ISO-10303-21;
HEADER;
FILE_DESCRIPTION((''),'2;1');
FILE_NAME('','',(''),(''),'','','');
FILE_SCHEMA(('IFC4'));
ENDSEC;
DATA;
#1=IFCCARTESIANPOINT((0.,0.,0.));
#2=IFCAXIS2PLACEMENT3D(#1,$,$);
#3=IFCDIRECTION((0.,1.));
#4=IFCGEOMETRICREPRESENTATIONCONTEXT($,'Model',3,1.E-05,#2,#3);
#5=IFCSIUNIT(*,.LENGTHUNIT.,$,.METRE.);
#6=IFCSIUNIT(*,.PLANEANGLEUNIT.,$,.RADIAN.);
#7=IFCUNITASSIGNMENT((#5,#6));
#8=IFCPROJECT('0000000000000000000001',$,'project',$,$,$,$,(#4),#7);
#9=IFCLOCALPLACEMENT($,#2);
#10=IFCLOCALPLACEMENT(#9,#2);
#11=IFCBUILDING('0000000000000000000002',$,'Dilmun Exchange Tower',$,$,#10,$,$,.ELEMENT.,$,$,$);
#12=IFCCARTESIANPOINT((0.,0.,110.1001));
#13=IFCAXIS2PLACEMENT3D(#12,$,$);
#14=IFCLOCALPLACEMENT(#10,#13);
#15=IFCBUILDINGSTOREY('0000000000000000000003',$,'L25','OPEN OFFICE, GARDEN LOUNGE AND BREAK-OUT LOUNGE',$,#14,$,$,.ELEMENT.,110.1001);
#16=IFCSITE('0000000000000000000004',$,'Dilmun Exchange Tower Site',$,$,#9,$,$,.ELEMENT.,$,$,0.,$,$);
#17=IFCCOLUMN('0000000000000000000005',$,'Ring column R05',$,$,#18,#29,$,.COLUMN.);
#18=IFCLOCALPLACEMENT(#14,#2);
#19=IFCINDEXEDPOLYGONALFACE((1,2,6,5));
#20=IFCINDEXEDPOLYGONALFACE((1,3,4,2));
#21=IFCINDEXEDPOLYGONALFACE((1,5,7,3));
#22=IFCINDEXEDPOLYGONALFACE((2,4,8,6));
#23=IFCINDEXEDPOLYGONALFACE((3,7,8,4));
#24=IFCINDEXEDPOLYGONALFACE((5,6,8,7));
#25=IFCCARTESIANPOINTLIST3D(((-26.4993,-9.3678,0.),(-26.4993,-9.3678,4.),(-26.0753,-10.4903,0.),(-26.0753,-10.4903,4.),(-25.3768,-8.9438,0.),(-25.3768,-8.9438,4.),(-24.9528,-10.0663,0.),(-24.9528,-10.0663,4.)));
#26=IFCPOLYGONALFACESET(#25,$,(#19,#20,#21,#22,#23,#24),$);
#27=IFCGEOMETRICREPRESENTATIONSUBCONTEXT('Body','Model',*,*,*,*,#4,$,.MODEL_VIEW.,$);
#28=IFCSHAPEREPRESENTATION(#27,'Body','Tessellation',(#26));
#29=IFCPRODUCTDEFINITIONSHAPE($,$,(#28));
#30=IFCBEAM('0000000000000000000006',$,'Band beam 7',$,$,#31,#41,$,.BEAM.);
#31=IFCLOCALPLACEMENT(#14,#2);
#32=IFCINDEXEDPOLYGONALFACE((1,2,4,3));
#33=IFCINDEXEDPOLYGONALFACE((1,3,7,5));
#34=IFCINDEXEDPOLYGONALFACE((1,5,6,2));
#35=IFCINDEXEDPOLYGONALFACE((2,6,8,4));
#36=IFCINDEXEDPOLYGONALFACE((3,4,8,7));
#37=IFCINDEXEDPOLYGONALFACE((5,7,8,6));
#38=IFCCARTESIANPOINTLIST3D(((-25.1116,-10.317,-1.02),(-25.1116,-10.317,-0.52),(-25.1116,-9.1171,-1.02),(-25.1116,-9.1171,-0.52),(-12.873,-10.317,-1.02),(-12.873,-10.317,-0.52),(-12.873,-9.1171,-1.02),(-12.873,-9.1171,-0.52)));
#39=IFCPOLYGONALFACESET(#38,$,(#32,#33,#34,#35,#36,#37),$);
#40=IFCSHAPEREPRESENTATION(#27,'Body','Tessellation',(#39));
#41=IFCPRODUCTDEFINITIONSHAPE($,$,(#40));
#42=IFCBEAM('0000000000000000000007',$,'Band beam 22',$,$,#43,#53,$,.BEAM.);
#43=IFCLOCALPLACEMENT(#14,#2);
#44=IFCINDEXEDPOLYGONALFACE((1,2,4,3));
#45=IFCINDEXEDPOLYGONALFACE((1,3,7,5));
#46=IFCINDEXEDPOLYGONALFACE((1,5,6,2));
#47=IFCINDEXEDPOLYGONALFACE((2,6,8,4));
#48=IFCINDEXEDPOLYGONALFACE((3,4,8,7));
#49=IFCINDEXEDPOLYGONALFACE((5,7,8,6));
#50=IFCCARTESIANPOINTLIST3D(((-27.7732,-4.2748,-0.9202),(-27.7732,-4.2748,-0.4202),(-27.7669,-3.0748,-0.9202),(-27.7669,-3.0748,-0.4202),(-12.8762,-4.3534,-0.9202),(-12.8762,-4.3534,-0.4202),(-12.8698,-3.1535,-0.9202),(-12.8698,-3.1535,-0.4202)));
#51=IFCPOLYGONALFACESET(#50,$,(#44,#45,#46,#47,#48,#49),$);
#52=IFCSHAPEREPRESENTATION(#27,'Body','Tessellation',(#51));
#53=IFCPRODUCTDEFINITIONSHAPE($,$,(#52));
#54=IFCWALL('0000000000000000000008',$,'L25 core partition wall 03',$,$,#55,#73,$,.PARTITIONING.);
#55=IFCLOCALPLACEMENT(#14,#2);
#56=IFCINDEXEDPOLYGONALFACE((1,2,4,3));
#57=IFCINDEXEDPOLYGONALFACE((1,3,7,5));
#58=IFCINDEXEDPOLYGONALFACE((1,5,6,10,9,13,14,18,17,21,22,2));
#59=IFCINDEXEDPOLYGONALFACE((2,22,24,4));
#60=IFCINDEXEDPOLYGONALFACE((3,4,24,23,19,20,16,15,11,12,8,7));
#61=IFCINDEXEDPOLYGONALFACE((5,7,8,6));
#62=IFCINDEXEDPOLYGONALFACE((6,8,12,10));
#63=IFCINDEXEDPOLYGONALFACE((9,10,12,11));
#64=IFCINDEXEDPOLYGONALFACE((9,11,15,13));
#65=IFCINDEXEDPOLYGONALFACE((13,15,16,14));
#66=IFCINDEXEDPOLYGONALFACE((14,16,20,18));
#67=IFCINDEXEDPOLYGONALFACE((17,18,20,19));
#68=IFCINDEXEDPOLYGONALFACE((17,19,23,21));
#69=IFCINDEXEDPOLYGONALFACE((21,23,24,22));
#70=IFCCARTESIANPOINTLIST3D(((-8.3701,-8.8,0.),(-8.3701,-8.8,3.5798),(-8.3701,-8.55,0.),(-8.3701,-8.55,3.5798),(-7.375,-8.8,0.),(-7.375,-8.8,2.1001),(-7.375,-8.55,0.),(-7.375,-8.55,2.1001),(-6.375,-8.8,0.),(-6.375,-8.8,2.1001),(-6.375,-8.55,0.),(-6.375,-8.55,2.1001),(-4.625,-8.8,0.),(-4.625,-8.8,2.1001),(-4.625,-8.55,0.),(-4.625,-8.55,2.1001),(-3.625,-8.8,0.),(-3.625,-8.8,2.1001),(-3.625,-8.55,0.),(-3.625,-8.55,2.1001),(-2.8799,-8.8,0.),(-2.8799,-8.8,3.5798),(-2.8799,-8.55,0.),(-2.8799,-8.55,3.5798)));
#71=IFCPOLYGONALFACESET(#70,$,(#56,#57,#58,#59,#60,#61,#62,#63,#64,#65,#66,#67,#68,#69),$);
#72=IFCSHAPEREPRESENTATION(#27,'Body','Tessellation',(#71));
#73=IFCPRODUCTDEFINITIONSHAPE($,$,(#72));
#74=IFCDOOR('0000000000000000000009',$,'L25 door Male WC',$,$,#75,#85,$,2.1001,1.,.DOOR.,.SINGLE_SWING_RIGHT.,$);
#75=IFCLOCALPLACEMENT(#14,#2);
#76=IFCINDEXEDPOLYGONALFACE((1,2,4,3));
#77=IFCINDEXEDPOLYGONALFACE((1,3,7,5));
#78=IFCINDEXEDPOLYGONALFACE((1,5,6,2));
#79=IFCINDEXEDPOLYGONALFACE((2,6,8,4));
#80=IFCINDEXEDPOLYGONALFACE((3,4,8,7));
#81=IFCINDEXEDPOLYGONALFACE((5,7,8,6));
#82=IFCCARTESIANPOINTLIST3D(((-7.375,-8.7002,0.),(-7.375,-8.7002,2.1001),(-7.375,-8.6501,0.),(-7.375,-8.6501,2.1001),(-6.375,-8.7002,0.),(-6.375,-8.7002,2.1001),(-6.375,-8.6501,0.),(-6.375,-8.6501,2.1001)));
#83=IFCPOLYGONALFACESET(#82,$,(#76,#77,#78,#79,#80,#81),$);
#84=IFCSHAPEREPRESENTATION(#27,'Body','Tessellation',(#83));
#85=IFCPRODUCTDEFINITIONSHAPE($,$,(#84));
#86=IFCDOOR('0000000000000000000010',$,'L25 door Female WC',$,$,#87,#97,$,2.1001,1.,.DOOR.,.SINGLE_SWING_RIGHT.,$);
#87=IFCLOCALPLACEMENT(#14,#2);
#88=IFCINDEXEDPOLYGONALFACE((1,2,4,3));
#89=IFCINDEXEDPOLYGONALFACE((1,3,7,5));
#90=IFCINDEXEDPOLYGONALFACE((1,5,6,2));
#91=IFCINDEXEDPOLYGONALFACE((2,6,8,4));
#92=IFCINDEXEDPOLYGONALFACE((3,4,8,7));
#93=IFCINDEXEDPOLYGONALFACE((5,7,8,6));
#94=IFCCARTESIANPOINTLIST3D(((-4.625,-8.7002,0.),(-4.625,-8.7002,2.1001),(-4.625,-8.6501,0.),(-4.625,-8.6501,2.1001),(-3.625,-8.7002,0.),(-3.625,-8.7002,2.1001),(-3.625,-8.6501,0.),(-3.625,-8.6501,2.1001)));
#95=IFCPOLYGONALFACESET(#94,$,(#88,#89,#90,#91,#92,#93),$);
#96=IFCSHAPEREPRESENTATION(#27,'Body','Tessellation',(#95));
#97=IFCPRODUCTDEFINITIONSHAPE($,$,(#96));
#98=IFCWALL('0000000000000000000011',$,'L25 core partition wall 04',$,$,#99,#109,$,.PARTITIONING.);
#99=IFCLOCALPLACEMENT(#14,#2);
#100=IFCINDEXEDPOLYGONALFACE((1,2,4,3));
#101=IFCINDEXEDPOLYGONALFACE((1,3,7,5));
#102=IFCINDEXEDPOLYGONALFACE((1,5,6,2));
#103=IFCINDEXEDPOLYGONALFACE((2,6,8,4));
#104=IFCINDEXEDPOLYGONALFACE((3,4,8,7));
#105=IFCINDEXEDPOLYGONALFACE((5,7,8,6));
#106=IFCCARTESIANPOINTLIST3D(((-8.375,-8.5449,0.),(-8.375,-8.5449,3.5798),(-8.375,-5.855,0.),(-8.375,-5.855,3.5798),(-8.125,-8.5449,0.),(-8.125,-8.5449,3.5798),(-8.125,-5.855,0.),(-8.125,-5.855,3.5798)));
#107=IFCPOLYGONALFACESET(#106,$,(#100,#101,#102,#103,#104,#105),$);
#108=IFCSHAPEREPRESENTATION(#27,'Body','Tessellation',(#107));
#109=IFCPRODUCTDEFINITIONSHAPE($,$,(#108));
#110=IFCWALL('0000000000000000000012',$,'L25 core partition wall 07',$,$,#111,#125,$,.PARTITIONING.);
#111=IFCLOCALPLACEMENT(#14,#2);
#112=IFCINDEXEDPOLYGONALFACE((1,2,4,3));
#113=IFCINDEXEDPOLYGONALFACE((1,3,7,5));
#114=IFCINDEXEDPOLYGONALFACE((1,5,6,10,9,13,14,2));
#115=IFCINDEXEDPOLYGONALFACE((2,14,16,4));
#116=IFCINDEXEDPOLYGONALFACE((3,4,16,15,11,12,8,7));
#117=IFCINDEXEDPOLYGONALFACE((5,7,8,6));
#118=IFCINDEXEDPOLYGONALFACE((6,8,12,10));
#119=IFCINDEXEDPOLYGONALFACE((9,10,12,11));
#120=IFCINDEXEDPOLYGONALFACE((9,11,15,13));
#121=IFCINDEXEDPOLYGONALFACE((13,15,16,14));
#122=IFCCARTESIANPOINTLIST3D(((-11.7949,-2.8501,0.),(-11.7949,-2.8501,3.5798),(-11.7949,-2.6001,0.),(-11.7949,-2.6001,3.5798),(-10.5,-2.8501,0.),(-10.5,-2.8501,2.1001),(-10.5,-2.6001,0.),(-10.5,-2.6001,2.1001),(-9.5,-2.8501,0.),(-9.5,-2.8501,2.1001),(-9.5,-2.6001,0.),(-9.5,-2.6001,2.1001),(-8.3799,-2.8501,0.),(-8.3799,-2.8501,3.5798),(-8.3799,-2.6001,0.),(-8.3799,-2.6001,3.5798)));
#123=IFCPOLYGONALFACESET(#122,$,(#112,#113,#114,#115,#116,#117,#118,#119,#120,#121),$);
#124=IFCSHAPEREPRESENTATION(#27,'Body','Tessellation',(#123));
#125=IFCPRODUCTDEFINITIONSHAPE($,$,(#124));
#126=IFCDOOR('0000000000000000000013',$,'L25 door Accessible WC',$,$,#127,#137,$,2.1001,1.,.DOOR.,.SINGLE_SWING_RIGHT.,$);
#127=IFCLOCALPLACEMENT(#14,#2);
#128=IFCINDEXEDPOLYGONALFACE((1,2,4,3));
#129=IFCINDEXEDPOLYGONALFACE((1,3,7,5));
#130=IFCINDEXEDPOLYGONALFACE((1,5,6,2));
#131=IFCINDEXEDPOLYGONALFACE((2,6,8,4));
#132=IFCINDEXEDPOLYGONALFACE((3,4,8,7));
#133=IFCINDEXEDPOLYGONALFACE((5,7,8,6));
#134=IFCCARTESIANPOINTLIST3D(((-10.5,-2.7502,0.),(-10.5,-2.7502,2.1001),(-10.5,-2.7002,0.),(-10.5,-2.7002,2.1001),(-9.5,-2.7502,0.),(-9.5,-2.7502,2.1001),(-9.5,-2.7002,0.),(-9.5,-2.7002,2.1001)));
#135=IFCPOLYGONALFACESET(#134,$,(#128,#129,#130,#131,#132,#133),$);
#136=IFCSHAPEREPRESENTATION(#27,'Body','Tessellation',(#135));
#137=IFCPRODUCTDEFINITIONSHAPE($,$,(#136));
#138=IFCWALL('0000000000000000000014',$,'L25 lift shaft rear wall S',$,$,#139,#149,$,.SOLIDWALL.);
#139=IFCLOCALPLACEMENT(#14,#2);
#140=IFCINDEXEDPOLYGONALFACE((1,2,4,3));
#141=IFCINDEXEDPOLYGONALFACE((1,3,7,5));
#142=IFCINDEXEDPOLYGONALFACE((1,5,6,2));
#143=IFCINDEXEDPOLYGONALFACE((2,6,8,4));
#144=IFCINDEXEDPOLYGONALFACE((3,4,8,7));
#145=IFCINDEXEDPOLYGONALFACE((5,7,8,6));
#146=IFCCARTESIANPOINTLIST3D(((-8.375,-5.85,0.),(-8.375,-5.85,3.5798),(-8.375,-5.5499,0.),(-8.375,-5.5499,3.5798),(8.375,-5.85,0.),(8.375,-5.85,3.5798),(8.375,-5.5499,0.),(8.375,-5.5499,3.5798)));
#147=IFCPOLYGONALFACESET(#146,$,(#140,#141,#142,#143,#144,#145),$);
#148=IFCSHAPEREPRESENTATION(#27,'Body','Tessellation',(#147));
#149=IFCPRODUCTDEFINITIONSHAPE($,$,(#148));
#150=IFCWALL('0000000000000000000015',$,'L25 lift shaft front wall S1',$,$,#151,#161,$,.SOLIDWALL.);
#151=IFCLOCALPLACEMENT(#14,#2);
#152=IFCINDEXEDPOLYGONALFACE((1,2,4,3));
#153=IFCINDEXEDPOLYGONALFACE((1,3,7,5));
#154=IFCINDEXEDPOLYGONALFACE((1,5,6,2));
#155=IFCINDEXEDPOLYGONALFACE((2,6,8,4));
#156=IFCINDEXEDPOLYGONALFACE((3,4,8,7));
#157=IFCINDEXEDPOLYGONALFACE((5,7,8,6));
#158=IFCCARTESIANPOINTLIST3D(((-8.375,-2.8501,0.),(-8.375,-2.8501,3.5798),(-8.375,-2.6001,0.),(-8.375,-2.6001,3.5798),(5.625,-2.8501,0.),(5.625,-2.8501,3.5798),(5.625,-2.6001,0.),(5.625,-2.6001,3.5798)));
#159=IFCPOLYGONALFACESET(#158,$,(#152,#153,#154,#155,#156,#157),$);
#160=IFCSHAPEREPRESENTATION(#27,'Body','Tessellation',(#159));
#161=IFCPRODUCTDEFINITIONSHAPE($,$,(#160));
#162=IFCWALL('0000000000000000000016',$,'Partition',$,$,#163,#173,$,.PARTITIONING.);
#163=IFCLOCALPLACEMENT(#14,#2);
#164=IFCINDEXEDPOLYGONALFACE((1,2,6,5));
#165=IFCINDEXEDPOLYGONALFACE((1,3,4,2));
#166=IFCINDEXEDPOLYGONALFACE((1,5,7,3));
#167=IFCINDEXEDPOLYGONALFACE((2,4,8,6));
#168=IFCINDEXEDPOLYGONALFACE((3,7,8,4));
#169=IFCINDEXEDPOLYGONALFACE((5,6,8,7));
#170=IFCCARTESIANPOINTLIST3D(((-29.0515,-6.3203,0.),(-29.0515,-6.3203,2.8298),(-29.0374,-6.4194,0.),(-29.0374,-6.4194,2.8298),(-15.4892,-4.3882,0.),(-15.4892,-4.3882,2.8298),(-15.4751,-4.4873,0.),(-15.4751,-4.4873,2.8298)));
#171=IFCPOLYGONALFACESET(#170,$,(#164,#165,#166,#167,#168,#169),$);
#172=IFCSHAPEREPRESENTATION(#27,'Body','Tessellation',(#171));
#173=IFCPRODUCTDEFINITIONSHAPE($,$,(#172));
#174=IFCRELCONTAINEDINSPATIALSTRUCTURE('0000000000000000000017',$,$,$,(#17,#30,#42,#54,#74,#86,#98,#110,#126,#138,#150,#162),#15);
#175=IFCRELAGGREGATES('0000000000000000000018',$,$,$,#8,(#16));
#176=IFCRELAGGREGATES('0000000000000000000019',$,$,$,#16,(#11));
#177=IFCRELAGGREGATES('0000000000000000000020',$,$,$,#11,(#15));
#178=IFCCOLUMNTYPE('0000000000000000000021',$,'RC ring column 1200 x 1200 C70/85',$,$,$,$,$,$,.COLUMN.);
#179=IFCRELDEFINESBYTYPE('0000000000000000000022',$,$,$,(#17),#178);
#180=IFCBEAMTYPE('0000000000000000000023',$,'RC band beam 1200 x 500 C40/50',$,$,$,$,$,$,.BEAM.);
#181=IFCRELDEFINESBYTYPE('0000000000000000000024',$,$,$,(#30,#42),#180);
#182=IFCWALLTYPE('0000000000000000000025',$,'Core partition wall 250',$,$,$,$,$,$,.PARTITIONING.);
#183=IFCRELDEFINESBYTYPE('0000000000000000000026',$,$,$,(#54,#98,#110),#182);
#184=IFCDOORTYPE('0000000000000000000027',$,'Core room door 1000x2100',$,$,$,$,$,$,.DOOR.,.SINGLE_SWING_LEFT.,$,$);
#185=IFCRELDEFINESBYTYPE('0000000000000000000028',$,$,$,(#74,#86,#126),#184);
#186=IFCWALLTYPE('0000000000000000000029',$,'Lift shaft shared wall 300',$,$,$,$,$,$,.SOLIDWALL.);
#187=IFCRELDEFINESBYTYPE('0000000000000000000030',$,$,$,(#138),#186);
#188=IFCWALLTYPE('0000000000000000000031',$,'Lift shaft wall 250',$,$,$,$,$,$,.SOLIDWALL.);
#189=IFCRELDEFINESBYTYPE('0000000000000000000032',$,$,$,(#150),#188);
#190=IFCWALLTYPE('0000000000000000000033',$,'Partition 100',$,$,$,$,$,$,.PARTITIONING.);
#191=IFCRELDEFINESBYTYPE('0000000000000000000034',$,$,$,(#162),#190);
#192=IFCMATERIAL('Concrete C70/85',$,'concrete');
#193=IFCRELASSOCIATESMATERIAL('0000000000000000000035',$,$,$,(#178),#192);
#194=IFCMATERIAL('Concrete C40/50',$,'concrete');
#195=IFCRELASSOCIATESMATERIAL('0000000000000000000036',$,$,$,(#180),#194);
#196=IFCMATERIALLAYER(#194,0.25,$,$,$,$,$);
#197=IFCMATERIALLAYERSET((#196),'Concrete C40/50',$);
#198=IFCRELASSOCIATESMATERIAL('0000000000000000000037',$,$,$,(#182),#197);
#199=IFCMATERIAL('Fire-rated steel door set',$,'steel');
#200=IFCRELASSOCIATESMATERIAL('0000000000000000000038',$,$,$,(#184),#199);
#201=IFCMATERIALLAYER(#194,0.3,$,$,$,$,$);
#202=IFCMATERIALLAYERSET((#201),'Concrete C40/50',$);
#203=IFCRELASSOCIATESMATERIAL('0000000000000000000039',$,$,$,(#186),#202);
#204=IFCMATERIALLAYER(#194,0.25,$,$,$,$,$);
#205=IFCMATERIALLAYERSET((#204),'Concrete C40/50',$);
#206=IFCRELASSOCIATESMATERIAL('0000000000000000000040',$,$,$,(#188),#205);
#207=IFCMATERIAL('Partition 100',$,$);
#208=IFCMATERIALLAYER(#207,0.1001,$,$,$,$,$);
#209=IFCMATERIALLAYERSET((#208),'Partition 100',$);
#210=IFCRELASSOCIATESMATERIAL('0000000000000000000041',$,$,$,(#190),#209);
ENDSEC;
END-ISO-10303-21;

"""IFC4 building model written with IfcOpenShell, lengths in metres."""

from ifc_helpers import new_model, si_unit, direction, frame, frame_2d, origin, origin_2d, place, context, subcontext, project, spatial, rectangle, extrude, material, layer, layer_set, material_profile, profile_set, type_object, element, fill, save


model = new_model("IFC4")

# Units and contexts
model_context = context("Model", 3, precision=1e-05, world=origin(), true_north=direction((0.0, 1.0)))
body_context = subcontext(model_context, "Body", "Model", "MODEL_VIEW")
ifc_project = project(units=[si_unit("LENGTHUNIT", "METRE"), si_unit("PLANEANGLEUNIT", "RADIAN")], contexts=[model_context])

# Site, building, storey
site_placement = place(None, origin())
site = spatial("IfcSite", under=ifc_project, at=site_placement, Name="Dilmun Exchange Tower Site", CompositionType="ELEMENT", RefElevation=0.0)
building_placement = place(site_placement, origin())
building = spatial("IfcBuilding", under=site, at=building_placement, Name="Dilmun Exchange Tower", CompositionType="ELEMENT")
storey_placement = place(building_placement, frame((0.0, 0.0, 110.1001)))
storey = spatial("IfcBuildingStorey", under=building, at=storey_placement, Name="L25", Description="OPEN OFFICE, GARDEN LOUNGE AND BREAK-OUT LOUNGE", CompositionType="ELEMENT", Elevation=110.1001)

# Column
ifc_material_1 = material(Name="Concrete C70/85", Category="concrete")
ifc_material_profile_1 = material_profile(ifc_material_1, rectangle(XDim=1.2, YDim=1.2, at=origin_2d()), Name="1200 x 1200")
ifc_profile_set_1 = profile_set([ifc_material_profile_1], Name="Concrete C70/85")
column_type = type_object("IfcColumnType", Name="RC ring column 1200 x 1200 C70/85", PredefinedType="COLUMN", material=ifc_profile_set_1)
column_placement = place(storey_placement, frame((-25.7261, -9.717, 0.0), z_axis=(0.0, 0.0, 1.0), x_axis=(0.935492, 0.353349, 0.0)))
element("IfcColumn", 1, at=column_placement, inside=storey, type_object=column_type, Name="Ring column R05", PredefinedType="COLUMN", context=body_context, shape_type="SweptSolid", body=[
    extrude(rectangle(XDim=1.2, YDim=1.2, at=origin_2d()), origin(), (0.0, 0.0, 1.0), 4.0),
])

# Beams
ifc_material_2 = material(Name="Concrete C40/50", Category="concrete")
ifc_material_profile_2 = material_profile(ifc_material_2, rectangle(XDim=1.2, YDim=0.5, at=origin_2d()), Name="1200 x 500")
ifc_profile_set_2 = profile_set([ifc_material_profile_2], Name="Concrete C40/50")
beam_type = type_object("IfcBeamType", Name="RC band beam 1200 x 500 C40/50", PredefinedType="BEAM", material=ifc_profile_set_2)
beam_1_placement = place(storey_placement, frame((-25.1116, -9.717, -0.77), z_axis=(1.0, 0.0, 0.0), x_axis=(0.0, 1.0, 0.0)))
element("IfcBeam", 2, at=beam_1_placement, inside=storey, type_object=beam_type, Name="Band beam 7", PredefinedType="BEAM", context=body_context, shape_type="SweptSolid", body=[
    extrude(rectangle(XDim=1.2, YDim=0.5, at=origin_2d()), origin(), (0.0, 0.0, 1.0), 12.2385),
])
beam_2_placement = place(storey_placement, frame((-27.77, -3.6748, -0.6702), z_axis=(0.999986, -0.005277, 0.0), x_axis=(0.005277, 0.999986, 0.0)))
element("IfcBeam", 3, at=beam_2_placement, inside=storey, type_object=beam_type, Name="Band beam 22", PredefinedType="BEAM", context=body_context, shape_type="SweptSolid", body=[
    extrude(rectangle(XDim=1.2, YDim=0.5, at=origin_2d()), origin(), (0.0, 0.0, 1.0), 14.8972),
])

# Wall, openings, doors
ifc_layer_1 = layer(ifc_material_2, 0.25)
ifc_layer_set_1 = layer_set([ifc_layer_1], Name="Concrete C40/50")
wall_type_1 = type_object("IfcWallType", Name="Core partition wall 250", PredefinedType="PARTITIONING", material=ifc_layer_set_1)
wall_1_placement = place(storey_placement, frame((-8.3701, -8.675, 0.0), z_axis=(0.0, 0.0, 1.0), x_axis=(1.0, 0.0, 0.0)))
wall_1 = element("IfcWall", 4, at=wall_1_placement, inside=storey, type_object=wall_type_1, Name="L25 core partition wall 03", PredefinedType="PARTITIONING", context=body_context, shape_type="SweptSolid", body=[
    extrude(rectangle(XDim=5.4902, YDim=0.25, at=frame_2d((2.7451, 0.0))), origin(), (0.0, 0.0, 1.0), 3.5798),
])
opening_1_placement = place(wall_1_placement, frame((0.9951, 0.0, 0.0)))
opening_1 = element("IfcOpeningElement", 5, at=opening_1_placement, cuts=wall_1, PredefinedType="OPENING", context=body_context, shape_type="SweptSolid", body=[
    extrude(rectangle(XDim=1.0, YDim=2.1001, at=frame_2d((0.5, 1.05))), frame((0.0, 0.135, 0.0), z_axis=(0.0, -1.0, 0.0), x_axis=(1.0, 0.0, 0.0)), (0.0, 0.0, 1.0), 0.27),
])
opening_2_placement = place(wall_1_placement, frame((3.7451, 0.0, 0.0)))
opening_2 = element("IfcOpeningElement", 6, at=opening_2_placement, cuts=wall_1, PredefinedType="OPENING", context=body_context, shape_type="SweptSolid", body=[
    extrude(rectangle(XDim=1.0, YDim=2.1001, at=frame_2d((0.5, 1.05))), frame((0.0, 0.135, 0.0), z_axis=(0.0, -1.0, 0.0), x_axis=(1.0, 0.0, 0.0)), (0.0, 0.0, 1.0), 0.27),
])
ifc_material_3 = material(Name="Fire-rated steel door set", Category="steel")
door_type = type_object("IfcDoorType", Name="Core room door 1000x2100", OperationType="SINGLE_SWING_LEFT", PredefinedType="DOOR", material=ifc_material_3)
door_1_placement = place(opening_1_placement, origin())
door_1 = element("IfcDoor", 7, at=door_1_placement, inside=storey, type_object=door_type, Name="L25 door Male WC", OperationType="SINGLE_SWING_RIGHT", OverallHeight=2.1001, OverallWidth=1.0, PredefinedType="DOOR", context=body_context, shape_type="SweptSolid", body=[
    extrude(rectangle(XDim=1.0, YDim=2.1001, at=frame_2d((0.5, 1.05))), frame((0.0, 0.0249, 0.0), z_axis=(0.0, -1.0, 0.0), x_axis=(1.0, 0.0, 0.0)), (0.0, 0.0, 1.0), 0.05),
])
fill(opening_1, door_1)
door_2_placement = place(opening_2_placement, origin())
door_2 = element("IfcDoor", 8, at=door_2_placement, inside=storey, type_object=door_type, Name="L25 door Female WC", OperationType="SINGLE_SWING_RIGHT", OverallHeight=2.1001, OverallWidth=1.0, PredefinedType="DOOR", context=body_context, shape_type="SweptSolid", body=[
    extrude(rectangle(XDim=1.0, YDim=2.1001, at=frame_2d((0.5, 1.05))), frame((0.0, 0.0249, 0.0), z_axis=(0.0, -1.0, 0.0), x_axis=(1.0, 0.0, 0.0)), (0.0, 0.0, 1.0), 0.05),
])
fill(opening_2, door_2)

# Wall
wall_2_placement = place(storey_placement, frame((-8.25, -8.5449, 0.0), z_axis=(0.0, 0.0, 1.0), x_axis=(0.0, 1.0, 0.0)))
element("IfcWall", 9, at=wall_2_placement, inside=storey, type_object=wall_type_1, Name="L25 core partition wall 04", PredefinedType="PARTITIONING", context=body_context, shape_type="SweptSolid", body=[
    extrude(rectangle(XDim=2.6899, YDim=0.25, at=frame_2d((1.345, 0.0))), origin(), (0.0, 0.0, 1.0), 3.5798),
])

# Wall, opening, door
wall_3_placement = place(storey_placement, frame((-11.7949, -2.7251, 0.0), z_axis=(0.0, 0.0, 1.0), x_axis=(1.0, 0.0, 0.0)))
wall_3 = element("IfcWall", 10, at=wall_3_placement, inside=storey, type_object=wall_type_1, Name="L25 core partition wall 07", PredefinedType="PARTITIONING", context=body_context, shape_type="SweptSolid", body=[
    extrude(rectangle(XDim=3.415, YDim=0.25, at=frame_2d((1.7075, 0.0))), origin(), (0.0, 0.0, 1.0), 3.5798),
])
opening_3_placement = place(wall_3_placement, frame((1.2949, 0.0, 0.0)))
opening_3 = element("IfcOpeningElement", 11, at=opening_3_placement, cuts=wall_3, PredefinedType="OPENING", context=body_context, shape_type="SweptSolid", body=[
    extrude(rectangle(XDim=1.0, YDim=2.1001, at=frame_2d((0.5, 1.05))), frame((0.0, 0.135, 0.0), z_axis=(0.0, -1.0, 0.0), x_axis=(1.0, 0.0, 0.0)), (0.0, 0.0, 1.0), 0.27),
])
door_3_placement = place(opening_3_placement, origin())
door_3 = element("IfcDoor", 12, at=door_3_placement, inside=storey, type_object=door_type, Name="L25 door Accessible WC", OperationType="SINGLE_SWING_RIGHT", OverallHeight=2.1001, OverallWidth=1.0, PredefinedType="DOOR", context=body_context, shape_type="SweptSolid", body=[
    extrude(rectangle(XDim=1.0, YDim=2.1001, at=frame_2d((0.5, 1.05))), frame((0.0, 0.0249, 0.0), z_axis=(0.0, -1.0, 0.0), x_axis=(1.0, 0.0, 0.0)), (0.0, 0.0, 1.0), 0.05),
])
fill(opening_3, door_3)

# Walls
ifc_layer_2 = layer(ifc_material_2, 0.3)
ifc_layer_set_2 = layer_set([ifc_layer_2], Name="Concrete C40/50")
wall_type_2 = type_object("IfcWallType", Name="Lift shaft shared wall 300", PredefinedType="SOLIDWALL", material=ifc_layer_set_2)
wall_4_placement = place(storey_placement, frame((-8.375, -5.7, 0.0), z_axis=(0.0, 0.0, 1.0), x_axis=(1.0, 0.0, 0.0)))
element("IfcWall", 13, at=wall_4_placement, inside=storey, type_object=wall_type_2, Name="L25 lift shaft rear wall S", PredefinedType="SOLIDWALL", context=body_context, shape_type="SweptSolid", body=[
    extrude(rectangle(XDim=16.75, YDim=0.3, at=frame_2d((8.375, 0.0))), origin(), (0.0, 0.0, 1.0), 3.5798),
])
ifc_layer_3 = layer(ifc_material_2, 0.25)
ifc_layer_set_3 = layer_set([ifc_layer_3], Name="Concrete C40/50")
wall_type_3 = type_object("IfcWallType", Name="Lift shaft wall 250", PredefinedType="SOLIDWALL", material=ifc_layer_set_3)
wall_5_placement = place(storey_placement, frame((-8.375, -2.7251, 0.0), z_axis=(0.0, 0.0, 1.0), x_axis=(1.0, 0.0, 0.0)))
element("IfcWall", 14, at=wall_5_placement, inside=storey, type_object=wall_type_3, Name="L25 lift shaft front wall S1", PredefinedType="SOLIDWALL", context=body_context, shape_type="SweptSolid", body=[
    extrude(rectangle(XDim=14.0, YDim=0.25, at=frame_2d((7.0, 0.0))), origin(), (0.0, 0.0, 1.0), 3.5798),
])
ifc_material_4 = material(Name="Partition 100")
ifc_layer_4 = layer(ifc_material_4, 0.1001)
ifc_layer_set_4 = layer_set([ifc_layer_4], Name="Partition 100")
wall_type_4 = type_object("IfcWallType", Name="Partition 100", PredefinedType="PARTITIONING", material=ifc_layer_set_4)
wall_6_placement = place(storey_placement, frame((-29.0444, -6.3699, 0.0), z_axis=(0.0, 0.0, 1.0), x_axis=(0.990004, 0.14104, 0.0)))
element("IfcWall", 15, at=wall_6_placement, inside=storey, type_object=wall_type_4, Name="Partition", PredefinedType="PARTITIONING", context=body_context, shape_type="SweptSolid", body=[
    extrude(rectangle(XDim=13.6992, YDim=0.1001, at=frame_2d((6.8496, 0.0))), origin(), (0.0, 0.0, 1.0), 2.8298),
])

save(model, "model.ifc")
